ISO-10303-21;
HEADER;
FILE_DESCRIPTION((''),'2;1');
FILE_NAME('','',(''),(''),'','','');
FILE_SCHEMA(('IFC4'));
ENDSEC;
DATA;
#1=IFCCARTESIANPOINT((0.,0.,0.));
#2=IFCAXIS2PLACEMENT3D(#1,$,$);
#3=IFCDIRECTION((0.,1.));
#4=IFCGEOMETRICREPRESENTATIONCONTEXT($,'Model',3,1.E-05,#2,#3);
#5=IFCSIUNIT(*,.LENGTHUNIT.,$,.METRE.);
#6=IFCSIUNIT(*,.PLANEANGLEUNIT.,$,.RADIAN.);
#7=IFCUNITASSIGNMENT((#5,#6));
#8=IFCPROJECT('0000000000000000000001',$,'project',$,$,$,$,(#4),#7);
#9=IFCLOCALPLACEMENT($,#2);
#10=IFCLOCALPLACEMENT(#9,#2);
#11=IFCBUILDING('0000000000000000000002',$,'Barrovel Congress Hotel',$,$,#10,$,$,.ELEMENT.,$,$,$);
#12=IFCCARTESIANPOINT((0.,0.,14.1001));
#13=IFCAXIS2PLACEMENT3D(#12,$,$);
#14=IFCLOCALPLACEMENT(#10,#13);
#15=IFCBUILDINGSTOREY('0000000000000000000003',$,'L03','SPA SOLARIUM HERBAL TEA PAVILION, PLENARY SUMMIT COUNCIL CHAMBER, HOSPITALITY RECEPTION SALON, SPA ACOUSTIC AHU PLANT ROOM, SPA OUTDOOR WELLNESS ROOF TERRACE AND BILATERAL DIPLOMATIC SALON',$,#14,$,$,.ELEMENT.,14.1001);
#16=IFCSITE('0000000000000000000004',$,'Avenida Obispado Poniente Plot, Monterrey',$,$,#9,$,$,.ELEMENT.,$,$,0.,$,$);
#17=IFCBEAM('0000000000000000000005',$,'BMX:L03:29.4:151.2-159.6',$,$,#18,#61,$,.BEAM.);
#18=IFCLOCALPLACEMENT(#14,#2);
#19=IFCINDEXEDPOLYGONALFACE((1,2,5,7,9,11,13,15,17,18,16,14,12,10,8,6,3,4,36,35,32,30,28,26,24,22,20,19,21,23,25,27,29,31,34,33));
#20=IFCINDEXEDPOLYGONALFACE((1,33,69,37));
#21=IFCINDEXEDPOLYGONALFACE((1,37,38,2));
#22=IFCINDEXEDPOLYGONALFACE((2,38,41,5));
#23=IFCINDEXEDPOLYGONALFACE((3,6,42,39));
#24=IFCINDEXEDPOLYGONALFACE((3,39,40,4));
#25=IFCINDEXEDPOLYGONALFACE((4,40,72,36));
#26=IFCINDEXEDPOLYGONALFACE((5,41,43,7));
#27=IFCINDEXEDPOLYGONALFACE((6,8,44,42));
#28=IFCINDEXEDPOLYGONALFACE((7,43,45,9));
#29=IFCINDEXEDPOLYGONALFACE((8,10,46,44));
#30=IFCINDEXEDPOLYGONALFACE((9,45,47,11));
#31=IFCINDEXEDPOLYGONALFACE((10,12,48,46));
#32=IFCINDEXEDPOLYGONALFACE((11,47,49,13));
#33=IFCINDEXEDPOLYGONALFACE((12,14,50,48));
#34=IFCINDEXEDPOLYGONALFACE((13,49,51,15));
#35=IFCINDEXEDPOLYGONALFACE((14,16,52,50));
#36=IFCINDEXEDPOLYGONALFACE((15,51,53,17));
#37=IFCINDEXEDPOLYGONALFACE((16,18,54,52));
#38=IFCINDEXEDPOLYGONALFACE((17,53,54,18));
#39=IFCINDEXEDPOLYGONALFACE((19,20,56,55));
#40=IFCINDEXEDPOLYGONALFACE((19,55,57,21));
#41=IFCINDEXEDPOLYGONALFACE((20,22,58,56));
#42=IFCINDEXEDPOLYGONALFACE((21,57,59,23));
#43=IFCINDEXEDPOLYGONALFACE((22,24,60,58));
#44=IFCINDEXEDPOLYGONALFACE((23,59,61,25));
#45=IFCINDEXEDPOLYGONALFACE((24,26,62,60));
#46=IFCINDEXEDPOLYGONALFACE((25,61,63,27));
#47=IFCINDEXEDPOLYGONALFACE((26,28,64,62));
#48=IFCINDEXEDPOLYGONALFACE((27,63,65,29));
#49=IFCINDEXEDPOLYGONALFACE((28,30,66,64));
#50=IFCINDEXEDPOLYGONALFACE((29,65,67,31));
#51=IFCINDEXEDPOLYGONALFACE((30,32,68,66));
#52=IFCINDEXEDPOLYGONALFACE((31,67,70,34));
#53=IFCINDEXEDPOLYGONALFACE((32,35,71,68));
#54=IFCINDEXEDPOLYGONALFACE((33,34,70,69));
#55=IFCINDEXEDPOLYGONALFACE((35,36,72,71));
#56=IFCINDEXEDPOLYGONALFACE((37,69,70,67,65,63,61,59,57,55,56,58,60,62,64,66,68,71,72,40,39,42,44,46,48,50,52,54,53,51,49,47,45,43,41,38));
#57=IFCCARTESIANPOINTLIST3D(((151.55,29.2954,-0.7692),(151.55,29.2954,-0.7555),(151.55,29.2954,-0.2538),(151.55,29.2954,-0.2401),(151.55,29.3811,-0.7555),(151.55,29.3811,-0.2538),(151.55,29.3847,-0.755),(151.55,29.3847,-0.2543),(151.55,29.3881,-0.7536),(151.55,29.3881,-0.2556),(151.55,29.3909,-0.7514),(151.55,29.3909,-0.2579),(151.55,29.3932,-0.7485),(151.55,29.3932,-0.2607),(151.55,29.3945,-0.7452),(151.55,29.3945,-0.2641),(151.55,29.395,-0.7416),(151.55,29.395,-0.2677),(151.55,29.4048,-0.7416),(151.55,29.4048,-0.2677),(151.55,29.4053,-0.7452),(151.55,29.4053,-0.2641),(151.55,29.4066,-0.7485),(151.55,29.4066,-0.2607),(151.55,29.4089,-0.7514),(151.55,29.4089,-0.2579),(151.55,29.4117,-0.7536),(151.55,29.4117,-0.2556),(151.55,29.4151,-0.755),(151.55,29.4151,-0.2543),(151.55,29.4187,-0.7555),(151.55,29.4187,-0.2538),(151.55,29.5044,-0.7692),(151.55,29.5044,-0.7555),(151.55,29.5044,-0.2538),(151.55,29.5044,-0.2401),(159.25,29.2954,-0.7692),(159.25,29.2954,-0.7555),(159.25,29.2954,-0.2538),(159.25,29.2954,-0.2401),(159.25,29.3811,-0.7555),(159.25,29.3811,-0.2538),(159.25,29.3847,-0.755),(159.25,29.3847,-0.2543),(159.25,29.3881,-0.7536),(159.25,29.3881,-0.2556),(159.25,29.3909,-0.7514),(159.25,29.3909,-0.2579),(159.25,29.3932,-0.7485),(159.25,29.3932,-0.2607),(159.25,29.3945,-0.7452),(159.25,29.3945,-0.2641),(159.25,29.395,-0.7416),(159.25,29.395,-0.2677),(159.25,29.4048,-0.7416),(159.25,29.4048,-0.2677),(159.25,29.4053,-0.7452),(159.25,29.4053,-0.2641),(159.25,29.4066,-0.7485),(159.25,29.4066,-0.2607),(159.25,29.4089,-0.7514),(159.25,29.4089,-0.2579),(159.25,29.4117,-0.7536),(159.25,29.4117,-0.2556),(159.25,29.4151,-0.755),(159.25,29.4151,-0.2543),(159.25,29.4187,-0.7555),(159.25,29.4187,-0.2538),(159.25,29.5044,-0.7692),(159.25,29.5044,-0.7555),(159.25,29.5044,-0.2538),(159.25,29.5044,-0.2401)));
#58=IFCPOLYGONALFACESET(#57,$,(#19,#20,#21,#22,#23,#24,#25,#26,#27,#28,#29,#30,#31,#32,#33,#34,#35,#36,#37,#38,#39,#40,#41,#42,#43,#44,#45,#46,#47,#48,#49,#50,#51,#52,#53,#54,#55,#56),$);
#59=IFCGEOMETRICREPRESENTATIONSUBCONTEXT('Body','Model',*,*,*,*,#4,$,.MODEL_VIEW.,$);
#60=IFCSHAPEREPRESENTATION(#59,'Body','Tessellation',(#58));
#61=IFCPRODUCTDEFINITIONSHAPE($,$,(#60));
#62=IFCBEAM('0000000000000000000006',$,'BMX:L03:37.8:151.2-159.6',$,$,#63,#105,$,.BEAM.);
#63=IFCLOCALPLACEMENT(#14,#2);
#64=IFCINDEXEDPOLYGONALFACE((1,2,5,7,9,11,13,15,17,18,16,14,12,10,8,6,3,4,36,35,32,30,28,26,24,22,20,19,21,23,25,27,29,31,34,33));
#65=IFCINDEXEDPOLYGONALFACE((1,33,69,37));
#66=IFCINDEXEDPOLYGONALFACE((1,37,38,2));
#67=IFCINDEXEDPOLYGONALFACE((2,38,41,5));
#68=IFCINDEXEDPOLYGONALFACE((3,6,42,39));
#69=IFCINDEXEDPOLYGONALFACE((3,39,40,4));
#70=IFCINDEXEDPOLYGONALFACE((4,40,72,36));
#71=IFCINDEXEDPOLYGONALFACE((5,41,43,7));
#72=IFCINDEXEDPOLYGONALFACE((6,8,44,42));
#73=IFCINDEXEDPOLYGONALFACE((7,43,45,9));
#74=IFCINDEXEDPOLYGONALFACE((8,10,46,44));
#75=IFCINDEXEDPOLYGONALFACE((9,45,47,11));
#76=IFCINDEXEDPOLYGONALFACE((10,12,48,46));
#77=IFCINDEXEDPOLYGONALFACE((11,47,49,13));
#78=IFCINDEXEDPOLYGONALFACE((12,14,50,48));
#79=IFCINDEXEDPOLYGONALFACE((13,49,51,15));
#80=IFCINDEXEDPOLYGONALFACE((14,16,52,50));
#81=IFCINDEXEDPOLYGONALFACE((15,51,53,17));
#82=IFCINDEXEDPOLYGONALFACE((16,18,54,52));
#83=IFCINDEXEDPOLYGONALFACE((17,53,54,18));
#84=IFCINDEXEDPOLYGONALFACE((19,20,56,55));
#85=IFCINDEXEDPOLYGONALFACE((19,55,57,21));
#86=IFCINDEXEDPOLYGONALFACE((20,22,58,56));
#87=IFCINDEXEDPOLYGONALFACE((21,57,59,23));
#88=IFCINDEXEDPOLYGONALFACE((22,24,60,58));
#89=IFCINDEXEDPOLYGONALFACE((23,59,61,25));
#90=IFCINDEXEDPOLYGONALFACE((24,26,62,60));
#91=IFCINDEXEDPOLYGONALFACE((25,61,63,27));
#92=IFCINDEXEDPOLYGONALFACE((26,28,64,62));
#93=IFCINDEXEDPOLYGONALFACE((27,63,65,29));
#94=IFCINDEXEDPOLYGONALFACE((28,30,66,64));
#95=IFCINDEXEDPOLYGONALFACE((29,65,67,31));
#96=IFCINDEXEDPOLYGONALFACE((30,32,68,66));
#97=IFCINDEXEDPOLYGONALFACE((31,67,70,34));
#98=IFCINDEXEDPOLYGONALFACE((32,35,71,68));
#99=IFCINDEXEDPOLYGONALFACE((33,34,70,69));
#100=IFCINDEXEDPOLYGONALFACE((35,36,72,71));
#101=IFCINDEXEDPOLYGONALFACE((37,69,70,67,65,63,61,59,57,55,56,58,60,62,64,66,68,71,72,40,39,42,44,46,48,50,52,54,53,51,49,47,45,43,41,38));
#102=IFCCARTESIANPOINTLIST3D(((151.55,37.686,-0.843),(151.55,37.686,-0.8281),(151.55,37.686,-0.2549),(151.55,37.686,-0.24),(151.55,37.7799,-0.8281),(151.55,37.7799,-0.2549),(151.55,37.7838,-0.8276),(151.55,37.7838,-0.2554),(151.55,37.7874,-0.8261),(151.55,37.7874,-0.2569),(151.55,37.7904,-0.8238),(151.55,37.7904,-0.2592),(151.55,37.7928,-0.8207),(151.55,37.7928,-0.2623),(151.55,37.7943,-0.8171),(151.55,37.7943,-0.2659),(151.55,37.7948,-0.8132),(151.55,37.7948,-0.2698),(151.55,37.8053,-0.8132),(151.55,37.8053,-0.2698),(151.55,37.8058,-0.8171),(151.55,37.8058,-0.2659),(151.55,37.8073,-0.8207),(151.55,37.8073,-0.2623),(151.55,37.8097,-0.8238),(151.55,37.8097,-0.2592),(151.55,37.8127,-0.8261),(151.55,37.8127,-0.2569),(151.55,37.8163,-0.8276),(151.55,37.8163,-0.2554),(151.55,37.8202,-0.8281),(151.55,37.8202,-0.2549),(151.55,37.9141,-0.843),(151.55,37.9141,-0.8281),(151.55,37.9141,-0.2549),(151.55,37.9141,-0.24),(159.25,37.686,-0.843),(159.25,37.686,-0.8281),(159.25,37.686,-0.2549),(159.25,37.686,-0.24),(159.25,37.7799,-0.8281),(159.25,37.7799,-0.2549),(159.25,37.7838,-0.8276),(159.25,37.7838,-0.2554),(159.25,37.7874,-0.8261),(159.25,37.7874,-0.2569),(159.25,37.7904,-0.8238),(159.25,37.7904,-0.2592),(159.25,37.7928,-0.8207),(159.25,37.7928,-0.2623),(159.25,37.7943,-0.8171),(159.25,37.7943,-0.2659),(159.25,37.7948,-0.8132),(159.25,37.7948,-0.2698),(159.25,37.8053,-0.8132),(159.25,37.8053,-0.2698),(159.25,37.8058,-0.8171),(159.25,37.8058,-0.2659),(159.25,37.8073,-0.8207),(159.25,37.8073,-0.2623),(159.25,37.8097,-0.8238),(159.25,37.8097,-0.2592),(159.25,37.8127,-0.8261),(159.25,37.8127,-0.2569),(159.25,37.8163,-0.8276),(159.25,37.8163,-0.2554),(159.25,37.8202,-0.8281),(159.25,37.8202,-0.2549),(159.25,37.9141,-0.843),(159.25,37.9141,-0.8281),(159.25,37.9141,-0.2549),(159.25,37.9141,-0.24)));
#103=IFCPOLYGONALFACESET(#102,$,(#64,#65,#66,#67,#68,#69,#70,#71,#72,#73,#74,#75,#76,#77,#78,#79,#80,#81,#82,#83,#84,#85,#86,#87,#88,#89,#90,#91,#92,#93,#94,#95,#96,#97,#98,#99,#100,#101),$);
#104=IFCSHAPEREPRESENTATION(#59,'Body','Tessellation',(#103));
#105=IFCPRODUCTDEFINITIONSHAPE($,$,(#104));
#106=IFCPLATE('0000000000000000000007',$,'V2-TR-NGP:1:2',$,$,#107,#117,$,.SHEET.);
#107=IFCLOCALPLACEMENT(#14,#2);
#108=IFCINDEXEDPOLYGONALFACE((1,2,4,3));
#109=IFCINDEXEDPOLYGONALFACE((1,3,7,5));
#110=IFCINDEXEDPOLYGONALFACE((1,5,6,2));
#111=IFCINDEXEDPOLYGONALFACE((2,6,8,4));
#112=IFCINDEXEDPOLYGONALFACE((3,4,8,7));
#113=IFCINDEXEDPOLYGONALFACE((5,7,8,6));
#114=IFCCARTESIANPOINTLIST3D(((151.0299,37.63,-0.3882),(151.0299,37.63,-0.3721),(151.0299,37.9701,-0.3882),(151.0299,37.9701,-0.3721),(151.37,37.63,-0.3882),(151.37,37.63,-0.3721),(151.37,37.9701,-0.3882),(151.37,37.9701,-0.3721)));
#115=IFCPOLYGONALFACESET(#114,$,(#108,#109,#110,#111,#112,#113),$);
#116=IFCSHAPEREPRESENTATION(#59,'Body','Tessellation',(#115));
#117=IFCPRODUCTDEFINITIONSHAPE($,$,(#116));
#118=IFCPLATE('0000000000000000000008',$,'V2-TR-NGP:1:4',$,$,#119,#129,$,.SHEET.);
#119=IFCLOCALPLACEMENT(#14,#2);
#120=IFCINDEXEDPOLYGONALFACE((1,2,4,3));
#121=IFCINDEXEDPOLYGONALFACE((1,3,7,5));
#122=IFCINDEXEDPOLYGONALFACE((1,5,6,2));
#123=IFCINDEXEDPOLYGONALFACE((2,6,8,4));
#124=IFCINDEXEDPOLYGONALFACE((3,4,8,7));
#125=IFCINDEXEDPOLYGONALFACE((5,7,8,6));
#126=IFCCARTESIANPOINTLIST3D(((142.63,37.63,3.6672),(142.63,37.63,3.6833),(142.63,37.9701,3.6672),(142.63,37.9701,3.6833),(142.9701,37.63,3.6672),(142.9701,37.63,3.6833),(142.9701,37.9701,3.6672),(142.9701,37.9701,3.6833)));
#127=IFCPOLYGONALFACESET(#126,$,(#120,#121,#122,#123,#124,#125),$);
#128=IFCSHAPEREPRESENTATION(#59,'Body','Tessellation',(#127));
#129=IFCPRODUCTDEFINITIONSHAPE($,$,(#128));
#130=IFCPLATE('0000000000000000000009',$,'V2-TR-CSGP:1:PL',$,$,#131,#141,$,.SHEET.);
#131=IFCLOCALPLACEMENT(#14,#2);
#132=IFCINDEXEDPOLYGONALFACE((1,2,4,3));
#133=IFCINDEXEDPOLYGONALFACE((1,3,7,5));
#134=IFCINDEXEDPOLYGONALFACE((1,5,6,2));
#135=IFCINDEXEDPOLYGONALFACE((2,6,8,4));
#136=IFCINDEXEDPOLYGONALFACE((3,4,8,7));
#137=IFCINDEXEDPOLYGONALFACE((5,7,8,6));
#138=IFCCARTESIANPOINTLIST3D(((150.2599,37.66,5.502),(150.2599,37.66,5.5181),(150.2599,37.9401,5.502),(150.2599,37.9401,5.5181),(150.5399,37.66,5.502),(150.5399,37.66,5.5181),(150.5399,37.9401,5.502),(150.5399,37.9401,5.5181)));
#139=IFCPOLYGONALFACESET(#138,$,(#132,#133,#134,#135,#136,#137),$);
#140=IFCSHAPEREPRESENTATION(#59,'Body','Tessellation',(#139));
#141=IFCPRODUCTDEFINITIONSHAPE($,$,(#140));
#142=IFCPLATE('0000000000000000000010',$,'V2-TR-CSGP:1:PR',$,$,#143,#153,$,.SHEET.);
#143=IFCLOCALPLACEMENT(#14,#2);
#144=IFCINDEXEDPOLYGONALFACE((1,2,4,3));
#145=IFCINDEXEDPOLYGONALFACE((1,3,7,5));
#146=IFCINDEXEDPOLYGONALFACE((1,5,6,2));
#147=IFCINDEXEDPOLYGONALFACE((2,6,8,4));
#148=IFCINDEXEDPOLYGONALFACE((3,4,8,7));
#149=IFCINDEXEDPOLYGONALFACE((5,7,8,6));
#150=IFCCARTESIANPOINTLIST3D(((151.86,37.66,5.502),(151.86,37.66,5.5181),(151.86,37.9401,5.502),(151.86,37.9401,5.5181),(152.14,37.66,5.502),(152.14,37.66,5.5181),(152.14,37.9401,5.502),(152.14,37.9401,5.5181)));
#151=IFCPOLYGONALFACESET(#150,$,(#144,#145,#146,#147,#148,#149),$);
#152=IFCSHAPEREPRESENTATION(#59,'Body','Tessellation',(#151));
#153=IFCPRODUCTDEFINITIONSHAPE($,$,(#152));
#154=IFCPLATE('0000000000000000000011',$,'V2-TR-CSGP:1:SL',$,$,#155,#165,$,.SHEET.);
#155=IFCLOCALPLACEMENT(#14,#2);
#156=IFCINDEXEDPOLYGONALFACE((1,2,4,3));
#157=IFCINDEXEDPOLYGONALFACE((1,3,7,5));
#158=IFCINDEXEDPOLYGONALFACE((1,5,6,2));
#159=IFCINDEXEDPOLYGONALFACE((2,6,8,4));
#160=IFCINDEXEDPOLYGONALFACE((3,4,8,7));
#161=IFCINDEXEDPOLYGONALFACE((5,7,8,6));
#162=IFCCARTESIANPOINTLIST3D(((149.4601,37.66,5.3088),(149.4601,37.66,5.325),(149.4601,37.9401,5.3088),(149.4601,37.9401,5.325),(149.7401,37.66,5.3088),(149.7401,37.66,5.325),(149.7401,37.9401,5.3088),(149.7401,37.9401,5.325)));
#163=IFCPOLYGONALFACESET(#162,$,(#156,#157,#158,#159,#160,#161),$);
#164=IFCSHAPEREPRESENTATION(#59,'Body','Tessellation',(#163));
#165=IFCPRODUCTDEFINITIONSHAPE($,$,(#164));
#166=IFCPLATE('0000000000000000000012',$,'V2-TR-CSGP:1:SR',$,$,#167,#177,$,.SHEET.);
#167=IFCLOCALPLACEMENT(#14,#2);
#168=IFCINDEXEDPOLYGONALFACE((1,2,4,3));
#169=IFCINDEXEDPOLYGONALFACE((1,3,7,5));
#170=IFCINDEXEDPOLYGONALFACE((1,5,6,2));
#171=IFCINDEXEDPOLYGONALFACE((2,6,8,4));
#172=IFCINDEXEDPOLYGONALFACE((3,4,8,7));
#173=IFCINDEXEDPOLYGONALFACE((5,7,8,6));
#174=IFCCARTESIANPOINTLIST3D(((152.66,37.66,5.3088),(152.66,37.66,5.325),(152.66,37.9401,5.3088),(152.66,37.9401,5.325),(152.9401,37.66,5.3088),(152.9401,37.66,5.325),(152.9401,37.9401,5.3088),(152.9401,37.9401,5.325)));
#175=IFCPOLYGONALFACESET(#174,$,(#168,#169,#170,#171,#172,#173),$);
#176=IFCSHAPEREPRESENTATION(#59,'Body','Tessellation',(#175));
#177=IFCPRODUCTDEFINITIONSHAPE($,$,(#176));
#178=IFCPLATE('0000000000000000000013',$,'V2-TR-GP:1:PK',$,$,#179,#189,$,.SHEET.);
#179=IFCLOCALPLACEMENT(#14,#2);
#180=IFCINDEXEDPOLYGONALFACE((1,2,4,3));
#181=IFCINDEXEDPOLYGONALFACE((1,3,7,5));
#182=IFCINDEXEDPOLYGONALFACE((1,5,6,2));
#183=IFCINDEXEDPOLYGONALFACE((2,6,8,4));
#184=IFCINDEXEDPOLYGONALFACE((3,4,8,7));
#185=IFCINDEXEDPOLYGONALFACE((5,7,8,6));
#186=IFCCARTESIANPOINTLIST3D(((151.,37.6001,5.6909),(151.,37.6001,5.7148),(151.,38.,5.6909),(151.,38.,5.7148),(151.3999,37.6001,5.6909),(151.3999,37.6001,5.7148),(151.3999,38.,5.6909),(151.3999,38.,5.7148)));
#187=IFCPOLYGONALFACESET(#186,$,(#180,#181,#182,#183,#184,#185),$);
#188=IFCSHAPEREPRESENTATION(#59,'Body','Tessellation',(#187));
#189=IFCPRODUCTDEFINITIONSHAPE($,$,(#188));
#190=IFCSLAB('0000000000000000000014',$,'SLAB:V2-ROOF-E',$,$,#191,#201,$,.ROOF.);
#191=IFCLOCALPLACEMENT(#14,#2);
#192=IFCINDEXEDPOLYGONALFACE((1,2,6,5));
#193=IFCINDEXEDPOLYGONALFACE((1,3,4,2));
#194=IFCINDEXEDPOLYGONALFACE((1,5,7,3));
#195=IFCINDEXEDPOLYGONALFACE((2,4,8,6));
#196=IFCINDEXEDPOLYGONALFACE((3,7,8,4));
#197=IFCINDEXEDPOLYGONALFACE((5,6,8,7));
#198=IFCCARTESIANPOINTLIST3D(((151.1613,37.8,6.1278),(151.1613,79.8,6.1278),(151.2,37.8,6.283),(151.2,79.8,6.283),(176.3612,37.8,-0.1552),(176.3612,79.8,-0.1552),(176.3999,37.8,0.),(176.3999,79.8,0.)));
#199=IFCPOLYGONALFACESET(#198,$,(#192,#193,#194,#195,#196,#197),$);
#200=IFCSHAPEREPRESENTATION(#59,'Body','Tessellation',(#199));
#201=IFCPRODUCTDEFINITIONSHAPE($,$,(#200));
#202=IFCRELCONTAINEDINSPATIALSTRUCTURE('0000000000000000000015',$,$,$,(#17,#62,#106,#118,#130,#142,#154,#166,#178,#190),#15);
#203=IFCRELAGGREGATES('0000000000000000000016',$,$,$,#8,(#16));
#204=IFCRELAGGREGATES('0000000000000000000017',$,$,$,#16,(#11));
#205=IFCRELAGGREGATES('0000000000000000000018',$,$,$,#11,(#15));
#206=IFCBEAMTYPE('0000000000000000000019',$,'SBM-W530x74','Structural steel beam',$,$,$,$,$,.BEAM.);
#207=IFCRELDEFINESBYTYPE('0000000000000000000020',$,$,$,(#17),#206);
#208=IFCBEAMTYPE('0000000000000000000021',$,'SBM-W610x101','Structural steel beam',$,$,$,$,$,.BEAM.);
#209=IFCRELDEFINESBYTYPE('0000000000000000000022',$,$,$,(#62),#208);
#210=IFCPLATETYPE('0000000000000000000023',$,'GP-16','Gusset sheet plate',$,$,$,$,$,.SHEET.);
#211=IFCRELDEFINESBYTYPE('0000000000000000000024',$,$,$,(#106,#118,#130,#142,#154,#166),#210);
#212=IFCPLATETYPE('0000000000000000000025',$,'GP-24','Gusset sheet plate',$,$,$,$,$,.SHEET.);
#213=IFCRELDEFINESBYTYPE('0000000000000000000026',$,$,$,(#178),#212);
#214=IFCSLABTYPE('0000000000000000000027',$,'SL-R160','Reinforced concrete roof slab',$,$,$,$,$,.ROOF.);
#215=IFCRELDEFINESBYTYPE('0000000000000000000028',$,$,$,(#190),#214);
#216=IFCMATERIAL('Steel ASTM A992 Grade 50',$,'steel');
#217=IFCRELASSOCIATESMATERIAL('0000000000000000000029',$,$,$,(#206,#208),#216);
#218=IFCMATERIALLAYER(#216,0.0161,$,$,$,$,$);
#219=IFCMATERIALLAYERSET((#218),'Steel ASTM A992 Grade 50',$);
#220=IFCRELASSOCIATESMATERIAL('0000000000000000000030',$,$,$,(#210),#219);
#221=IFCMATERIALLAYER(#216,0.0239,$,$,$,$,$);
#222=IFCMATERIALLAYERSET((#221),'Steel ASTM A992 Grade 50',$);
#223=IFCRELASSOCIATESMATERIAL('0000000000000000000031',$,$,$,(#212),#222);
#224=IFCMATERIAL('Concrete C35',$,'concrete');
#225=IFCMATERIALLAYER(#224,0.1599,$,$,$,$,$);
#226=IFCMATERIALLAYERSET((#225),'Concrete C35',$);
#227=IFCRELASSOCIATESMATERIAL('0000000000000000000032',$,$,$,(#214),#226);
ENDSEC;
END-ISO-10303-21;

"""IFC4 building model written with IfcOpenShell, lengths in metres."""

from ifc_helpers import new_model, si_unit, direction, frame, origin, origin_2d, place, context, subcontext, project, spatial, polyline, rectangle, i_section, outline, extrude, material, layer, layer_set, material_profile, profile_set, type_object, element, save


model = new_model("IFC4")

# Units and contexts
model_context = context("Model", 3, precision=1e-05, world=origin(), true_north=direction((0.0, 1.0)))
body_context = subcontext(model_context, "Body", "Model", "MODEL_VIEW")
ifc_project = project(units=[si_unit("LENGTHUNIT", "METRE"), si_unit("PLANEANGLEUNIT", "RADIAN")], contexts=[model_context])

# Site, building, storey
site_placement = place(None, origin())
site = spatial("IfcSite", under=ifc_project, at=site_placement, Name="Avenida Obispado Poniente Plot, Monterrey", CompositionType="ELEMENT", RefElevation=0.0)
building_placement = place(site_placement, origin())
building = spatial("IfcBuilding", under=site, at=building_placement, Name="Barrovel Congress Hotel", CompositionType="ELEMENT")
storey_placement = place(building_placement, frame((0.0, 0.0, 14.1001)))
storey = spatial("IfcBuildingStorey", under=building, at=storey_placement, Name="L03", Description="SPA SOLARIUM HERBAL TEA PAVILION, PLENARY SUMMIT COUNCIL CHAMBER, HOSPITALITY RECEPTION SALON, SPA ACOUSTIC AHU PLANT ROOM, SPA OUTDOOR WELLNESS ROOF TERRACE AND BILATERAL DIPLOMATIC SALON", CompositionType="ELEMENT", Elevation=14.1001)

# Shared definitions
ifc_material_1 = material(Name="Steel ASTM A992 Grade 50", Category="steel")

# Beams
ifc_material_profile_1 = material_profile(ifc_material_1, i_section(OverallWidth=0.209, OverallDepth=0.5291, WebThickness=0.0098, FlangeThickness=0.0137, FilletRadius=0.0139, at=origin_2d()), Name="W530x74")
ifc_profile_set_1 = profile_set([ifc_material_profile_1], Name="Steel ASTM A992 Grade 50")
beam_type_1 = type_object("IfcBeamType", Name="SBM-W530x74", Description="Structural steel beam", PredefinedType="BEAM", material=ifc_profile_set_1)
beam_1_placement = place(storey_placement, frame((151.55, 29.3999, -0.5046), z_axis=(1.0, 0.0, 0.0), x_axis=(0.0, 1.0, 0.0)))
element("IfcBeam", 1, at=beam_1_placement, inside=storey, type_object=beam_type_1, Name="BMX:L03:29.4:151.2-159.6", PredefinedType="BEAM", context=body_context, shape_type="SweptSolid", body=[
    extrude(i_section(OverallWidth=0.209, OverallDepth=0.5291, WebThickness=0.0098, FlangeThickness=0.0137, FilletRadius=0.0139, at=origin_2d()), origin(), (0.0, 0.0, 1.0), 7.7),
])
ifc_material_profile_2 = material_profile(ifc_material_1, i_section(OverallWidth=0.228, OverallDepth=0.603, WebThickness=0.0105, FlangeThickness=0.0149, FilletRadius=0.0149, at=origin_2d()), Name="W610x101")
ifc_profile_set_2 = profile_set([ifc_material_profile_2], Name="Steel ASTM A992 Grade 50")
beam_type_2 = type_object("IfcBeamType", Name="SBM-W610x101", Description="Structural steel beam", PredefinedType="BEAM", material=ifc_profile_set_2)
beam_2_placement = place(storey_placement, frame((151.55, 37.8, -0.5415), z_axis=(1.0, 0.0, 0.0), x_axis=(0.0, 1.0, 0.0)))
element("IfcBeam", 2, at=beam_2_placement, inside=storey, type_object=beam_type_2, Name="BMX:L03:37.8:151.2-159.6", PredefinedType="BEAM", context=body_context, shape_type="SweptSolid", body=[
    extrude(i_section(OverallWidth=0.228, OverallDepth=0.603, WebThickness=0.0105, FlangeThickness=0.0149, FilletRadius=0.0149, at=origin_2d()), origin(), (0.0, 0.0, 1.0), 7.7),
])

# Plates
ifc_layer_1 = layer(ifc_material_1, 0.0161)
ifc_layer_set_1 = layer_set([ifc_layer_1], Name="Steel ASTM A992 Grade 50")
plate_type_1 = type_object("IfcPlateType", Name="GP-16", Description="Gusset sheet plate", PredefinedType="SHEET", material=ifc_layer_set_1)
for number, where, z_axis, x_axis, name in (
    (3, (151.2, 37.8, -0.3882), (0.0, 0.0, 1.0), (1.0, 0.0, 0.0), "V2-TR-NGP:1:2"),
    (4, (142.8, 37.8, 3.6672), (0.0, 0.0, 1.0), (1.0, 0.0, 0.0), "V2-TR-NGP:1:4"),
):
    element("IfcPlate", number, at=place(storey_placement, frame(where, z_axis=z_axis, x_axis=x_axis)), inside=storey, type_object=plate_type_1, Name=name, PredefinedType="SHEET", context=body_context, shape_type="SweptSolid", body=[
        extrude(rectangle(XDim=0.3401, YDim=0.3401, at=origin_2d()), origin(), (0.0, 0.0, 1.0), 0.0161),
    ])
for number, where, z_axis, x_axis, name in (
    (5, (150.3999, 37.8, 5.502), (0.0, 0.0, 1.0), (1.0, 0.0, 0.0), "V2-TR-CSGP:1:PL"),
    (6, (152.0, 37.8, 5.502), (0.0, 0.0, 1.0), (1.0, 0.0, 0.0), "V2-TR-CSGP:1:PR"),
    (7, (149.6001, 37.8, 5.3088), (0.0, 0.0, 1.0), (1.0, 0.0, 0.0), "V2-TR-CSGP:1:SL"),
    (8, (152.8, 37.8, 5.3088), (0.0, 0.0, 1.0), (1.0, 0.0, 0.0), "V2-TR-CSGP:1:SR"),
):
    element("IfcPlate", number, at=place(storey_placement, frame(where, z_axis=z_axis, x_axis=x_axis)), inside=storey, type_object=plate_type_1, Name=name, PredefinedType="SHEET", context=body_context, shape_type="SweptSolid", body=[
        extrude(rectangle(XDim=0.28, YDim=0.28, at=origin_2d()), origin(), (0.0, 0.0, 1.0), 0.0161),
    ])
ifc_layer_2 = layer(ifc_material_1, 0.0239)
ifc_layer_set_2 = layer_set([ifc_layer_2], Name="Steel ASTM A992 Grade 50")
plate_type_2 = type_object("IfcPlateType", Name="GP-24", Description="Gusset sheet plate", PredefinedType="SHEET", material=ifc_layer_set_2)
plate_placement = place(storey_placement, frame((151.2, 37.8, 5.6909), z_axis=(0.0, 0.0, 1.0), x_axis=(1.0, 0.0, 0.0)))
element("IfcPlate", 9, at=plate_placement, inside=storey, type_object=plate_type_2, Name="V2-TR-GP:1:PK", PredefinedType="SHEET", context=body_context, shape_type="SweptSolid", body=[
    extrude(rectangle(XDim=0.3999, YDim=0.3999, at=origin_2d()), origin(), (0.0, 0.0, 1.0), 0.0239),
])

# Slab
ifc_material_2 = material(Name="Concrete C35", Category="concrete")
ifc_layer_3 = layer(ifc_material_2, 0.1599)
ifc_layer_set_3 = layer_set([ifc_layer_3], Name="Concrete C35")
slab_type = type_object("IfcSlabType", Name="SL-R160", Description="Reinforced concrete roof slab", PredefinedType="ROOF", material=ifc_layer_set_3)
slab_placement = place(storey_placement, frame((151.2, 37.8, 6.283), z_axis=(0.241918, 0.0, 0.970297), x_axis=(0.970297, 0.0, -0.241918)))
element("IfcSlab", 10, at=slab_placement, inside=storey, type_object=slab_type, Name="SLAB:V2-ROOF-E", PredefinedType="ROOF", context=body_context, shape_type="SweptSolid", body=[
    extrude(outline(polyline([(0.0, 0.0), (25.9714, 0.0), (25.9714, 42.0), (0.0, 42.0), (0.0, 0.0)])), origin(), (0.0, 0.0, -1.0), 0.1599),
])

save(model, "model.ifc")
